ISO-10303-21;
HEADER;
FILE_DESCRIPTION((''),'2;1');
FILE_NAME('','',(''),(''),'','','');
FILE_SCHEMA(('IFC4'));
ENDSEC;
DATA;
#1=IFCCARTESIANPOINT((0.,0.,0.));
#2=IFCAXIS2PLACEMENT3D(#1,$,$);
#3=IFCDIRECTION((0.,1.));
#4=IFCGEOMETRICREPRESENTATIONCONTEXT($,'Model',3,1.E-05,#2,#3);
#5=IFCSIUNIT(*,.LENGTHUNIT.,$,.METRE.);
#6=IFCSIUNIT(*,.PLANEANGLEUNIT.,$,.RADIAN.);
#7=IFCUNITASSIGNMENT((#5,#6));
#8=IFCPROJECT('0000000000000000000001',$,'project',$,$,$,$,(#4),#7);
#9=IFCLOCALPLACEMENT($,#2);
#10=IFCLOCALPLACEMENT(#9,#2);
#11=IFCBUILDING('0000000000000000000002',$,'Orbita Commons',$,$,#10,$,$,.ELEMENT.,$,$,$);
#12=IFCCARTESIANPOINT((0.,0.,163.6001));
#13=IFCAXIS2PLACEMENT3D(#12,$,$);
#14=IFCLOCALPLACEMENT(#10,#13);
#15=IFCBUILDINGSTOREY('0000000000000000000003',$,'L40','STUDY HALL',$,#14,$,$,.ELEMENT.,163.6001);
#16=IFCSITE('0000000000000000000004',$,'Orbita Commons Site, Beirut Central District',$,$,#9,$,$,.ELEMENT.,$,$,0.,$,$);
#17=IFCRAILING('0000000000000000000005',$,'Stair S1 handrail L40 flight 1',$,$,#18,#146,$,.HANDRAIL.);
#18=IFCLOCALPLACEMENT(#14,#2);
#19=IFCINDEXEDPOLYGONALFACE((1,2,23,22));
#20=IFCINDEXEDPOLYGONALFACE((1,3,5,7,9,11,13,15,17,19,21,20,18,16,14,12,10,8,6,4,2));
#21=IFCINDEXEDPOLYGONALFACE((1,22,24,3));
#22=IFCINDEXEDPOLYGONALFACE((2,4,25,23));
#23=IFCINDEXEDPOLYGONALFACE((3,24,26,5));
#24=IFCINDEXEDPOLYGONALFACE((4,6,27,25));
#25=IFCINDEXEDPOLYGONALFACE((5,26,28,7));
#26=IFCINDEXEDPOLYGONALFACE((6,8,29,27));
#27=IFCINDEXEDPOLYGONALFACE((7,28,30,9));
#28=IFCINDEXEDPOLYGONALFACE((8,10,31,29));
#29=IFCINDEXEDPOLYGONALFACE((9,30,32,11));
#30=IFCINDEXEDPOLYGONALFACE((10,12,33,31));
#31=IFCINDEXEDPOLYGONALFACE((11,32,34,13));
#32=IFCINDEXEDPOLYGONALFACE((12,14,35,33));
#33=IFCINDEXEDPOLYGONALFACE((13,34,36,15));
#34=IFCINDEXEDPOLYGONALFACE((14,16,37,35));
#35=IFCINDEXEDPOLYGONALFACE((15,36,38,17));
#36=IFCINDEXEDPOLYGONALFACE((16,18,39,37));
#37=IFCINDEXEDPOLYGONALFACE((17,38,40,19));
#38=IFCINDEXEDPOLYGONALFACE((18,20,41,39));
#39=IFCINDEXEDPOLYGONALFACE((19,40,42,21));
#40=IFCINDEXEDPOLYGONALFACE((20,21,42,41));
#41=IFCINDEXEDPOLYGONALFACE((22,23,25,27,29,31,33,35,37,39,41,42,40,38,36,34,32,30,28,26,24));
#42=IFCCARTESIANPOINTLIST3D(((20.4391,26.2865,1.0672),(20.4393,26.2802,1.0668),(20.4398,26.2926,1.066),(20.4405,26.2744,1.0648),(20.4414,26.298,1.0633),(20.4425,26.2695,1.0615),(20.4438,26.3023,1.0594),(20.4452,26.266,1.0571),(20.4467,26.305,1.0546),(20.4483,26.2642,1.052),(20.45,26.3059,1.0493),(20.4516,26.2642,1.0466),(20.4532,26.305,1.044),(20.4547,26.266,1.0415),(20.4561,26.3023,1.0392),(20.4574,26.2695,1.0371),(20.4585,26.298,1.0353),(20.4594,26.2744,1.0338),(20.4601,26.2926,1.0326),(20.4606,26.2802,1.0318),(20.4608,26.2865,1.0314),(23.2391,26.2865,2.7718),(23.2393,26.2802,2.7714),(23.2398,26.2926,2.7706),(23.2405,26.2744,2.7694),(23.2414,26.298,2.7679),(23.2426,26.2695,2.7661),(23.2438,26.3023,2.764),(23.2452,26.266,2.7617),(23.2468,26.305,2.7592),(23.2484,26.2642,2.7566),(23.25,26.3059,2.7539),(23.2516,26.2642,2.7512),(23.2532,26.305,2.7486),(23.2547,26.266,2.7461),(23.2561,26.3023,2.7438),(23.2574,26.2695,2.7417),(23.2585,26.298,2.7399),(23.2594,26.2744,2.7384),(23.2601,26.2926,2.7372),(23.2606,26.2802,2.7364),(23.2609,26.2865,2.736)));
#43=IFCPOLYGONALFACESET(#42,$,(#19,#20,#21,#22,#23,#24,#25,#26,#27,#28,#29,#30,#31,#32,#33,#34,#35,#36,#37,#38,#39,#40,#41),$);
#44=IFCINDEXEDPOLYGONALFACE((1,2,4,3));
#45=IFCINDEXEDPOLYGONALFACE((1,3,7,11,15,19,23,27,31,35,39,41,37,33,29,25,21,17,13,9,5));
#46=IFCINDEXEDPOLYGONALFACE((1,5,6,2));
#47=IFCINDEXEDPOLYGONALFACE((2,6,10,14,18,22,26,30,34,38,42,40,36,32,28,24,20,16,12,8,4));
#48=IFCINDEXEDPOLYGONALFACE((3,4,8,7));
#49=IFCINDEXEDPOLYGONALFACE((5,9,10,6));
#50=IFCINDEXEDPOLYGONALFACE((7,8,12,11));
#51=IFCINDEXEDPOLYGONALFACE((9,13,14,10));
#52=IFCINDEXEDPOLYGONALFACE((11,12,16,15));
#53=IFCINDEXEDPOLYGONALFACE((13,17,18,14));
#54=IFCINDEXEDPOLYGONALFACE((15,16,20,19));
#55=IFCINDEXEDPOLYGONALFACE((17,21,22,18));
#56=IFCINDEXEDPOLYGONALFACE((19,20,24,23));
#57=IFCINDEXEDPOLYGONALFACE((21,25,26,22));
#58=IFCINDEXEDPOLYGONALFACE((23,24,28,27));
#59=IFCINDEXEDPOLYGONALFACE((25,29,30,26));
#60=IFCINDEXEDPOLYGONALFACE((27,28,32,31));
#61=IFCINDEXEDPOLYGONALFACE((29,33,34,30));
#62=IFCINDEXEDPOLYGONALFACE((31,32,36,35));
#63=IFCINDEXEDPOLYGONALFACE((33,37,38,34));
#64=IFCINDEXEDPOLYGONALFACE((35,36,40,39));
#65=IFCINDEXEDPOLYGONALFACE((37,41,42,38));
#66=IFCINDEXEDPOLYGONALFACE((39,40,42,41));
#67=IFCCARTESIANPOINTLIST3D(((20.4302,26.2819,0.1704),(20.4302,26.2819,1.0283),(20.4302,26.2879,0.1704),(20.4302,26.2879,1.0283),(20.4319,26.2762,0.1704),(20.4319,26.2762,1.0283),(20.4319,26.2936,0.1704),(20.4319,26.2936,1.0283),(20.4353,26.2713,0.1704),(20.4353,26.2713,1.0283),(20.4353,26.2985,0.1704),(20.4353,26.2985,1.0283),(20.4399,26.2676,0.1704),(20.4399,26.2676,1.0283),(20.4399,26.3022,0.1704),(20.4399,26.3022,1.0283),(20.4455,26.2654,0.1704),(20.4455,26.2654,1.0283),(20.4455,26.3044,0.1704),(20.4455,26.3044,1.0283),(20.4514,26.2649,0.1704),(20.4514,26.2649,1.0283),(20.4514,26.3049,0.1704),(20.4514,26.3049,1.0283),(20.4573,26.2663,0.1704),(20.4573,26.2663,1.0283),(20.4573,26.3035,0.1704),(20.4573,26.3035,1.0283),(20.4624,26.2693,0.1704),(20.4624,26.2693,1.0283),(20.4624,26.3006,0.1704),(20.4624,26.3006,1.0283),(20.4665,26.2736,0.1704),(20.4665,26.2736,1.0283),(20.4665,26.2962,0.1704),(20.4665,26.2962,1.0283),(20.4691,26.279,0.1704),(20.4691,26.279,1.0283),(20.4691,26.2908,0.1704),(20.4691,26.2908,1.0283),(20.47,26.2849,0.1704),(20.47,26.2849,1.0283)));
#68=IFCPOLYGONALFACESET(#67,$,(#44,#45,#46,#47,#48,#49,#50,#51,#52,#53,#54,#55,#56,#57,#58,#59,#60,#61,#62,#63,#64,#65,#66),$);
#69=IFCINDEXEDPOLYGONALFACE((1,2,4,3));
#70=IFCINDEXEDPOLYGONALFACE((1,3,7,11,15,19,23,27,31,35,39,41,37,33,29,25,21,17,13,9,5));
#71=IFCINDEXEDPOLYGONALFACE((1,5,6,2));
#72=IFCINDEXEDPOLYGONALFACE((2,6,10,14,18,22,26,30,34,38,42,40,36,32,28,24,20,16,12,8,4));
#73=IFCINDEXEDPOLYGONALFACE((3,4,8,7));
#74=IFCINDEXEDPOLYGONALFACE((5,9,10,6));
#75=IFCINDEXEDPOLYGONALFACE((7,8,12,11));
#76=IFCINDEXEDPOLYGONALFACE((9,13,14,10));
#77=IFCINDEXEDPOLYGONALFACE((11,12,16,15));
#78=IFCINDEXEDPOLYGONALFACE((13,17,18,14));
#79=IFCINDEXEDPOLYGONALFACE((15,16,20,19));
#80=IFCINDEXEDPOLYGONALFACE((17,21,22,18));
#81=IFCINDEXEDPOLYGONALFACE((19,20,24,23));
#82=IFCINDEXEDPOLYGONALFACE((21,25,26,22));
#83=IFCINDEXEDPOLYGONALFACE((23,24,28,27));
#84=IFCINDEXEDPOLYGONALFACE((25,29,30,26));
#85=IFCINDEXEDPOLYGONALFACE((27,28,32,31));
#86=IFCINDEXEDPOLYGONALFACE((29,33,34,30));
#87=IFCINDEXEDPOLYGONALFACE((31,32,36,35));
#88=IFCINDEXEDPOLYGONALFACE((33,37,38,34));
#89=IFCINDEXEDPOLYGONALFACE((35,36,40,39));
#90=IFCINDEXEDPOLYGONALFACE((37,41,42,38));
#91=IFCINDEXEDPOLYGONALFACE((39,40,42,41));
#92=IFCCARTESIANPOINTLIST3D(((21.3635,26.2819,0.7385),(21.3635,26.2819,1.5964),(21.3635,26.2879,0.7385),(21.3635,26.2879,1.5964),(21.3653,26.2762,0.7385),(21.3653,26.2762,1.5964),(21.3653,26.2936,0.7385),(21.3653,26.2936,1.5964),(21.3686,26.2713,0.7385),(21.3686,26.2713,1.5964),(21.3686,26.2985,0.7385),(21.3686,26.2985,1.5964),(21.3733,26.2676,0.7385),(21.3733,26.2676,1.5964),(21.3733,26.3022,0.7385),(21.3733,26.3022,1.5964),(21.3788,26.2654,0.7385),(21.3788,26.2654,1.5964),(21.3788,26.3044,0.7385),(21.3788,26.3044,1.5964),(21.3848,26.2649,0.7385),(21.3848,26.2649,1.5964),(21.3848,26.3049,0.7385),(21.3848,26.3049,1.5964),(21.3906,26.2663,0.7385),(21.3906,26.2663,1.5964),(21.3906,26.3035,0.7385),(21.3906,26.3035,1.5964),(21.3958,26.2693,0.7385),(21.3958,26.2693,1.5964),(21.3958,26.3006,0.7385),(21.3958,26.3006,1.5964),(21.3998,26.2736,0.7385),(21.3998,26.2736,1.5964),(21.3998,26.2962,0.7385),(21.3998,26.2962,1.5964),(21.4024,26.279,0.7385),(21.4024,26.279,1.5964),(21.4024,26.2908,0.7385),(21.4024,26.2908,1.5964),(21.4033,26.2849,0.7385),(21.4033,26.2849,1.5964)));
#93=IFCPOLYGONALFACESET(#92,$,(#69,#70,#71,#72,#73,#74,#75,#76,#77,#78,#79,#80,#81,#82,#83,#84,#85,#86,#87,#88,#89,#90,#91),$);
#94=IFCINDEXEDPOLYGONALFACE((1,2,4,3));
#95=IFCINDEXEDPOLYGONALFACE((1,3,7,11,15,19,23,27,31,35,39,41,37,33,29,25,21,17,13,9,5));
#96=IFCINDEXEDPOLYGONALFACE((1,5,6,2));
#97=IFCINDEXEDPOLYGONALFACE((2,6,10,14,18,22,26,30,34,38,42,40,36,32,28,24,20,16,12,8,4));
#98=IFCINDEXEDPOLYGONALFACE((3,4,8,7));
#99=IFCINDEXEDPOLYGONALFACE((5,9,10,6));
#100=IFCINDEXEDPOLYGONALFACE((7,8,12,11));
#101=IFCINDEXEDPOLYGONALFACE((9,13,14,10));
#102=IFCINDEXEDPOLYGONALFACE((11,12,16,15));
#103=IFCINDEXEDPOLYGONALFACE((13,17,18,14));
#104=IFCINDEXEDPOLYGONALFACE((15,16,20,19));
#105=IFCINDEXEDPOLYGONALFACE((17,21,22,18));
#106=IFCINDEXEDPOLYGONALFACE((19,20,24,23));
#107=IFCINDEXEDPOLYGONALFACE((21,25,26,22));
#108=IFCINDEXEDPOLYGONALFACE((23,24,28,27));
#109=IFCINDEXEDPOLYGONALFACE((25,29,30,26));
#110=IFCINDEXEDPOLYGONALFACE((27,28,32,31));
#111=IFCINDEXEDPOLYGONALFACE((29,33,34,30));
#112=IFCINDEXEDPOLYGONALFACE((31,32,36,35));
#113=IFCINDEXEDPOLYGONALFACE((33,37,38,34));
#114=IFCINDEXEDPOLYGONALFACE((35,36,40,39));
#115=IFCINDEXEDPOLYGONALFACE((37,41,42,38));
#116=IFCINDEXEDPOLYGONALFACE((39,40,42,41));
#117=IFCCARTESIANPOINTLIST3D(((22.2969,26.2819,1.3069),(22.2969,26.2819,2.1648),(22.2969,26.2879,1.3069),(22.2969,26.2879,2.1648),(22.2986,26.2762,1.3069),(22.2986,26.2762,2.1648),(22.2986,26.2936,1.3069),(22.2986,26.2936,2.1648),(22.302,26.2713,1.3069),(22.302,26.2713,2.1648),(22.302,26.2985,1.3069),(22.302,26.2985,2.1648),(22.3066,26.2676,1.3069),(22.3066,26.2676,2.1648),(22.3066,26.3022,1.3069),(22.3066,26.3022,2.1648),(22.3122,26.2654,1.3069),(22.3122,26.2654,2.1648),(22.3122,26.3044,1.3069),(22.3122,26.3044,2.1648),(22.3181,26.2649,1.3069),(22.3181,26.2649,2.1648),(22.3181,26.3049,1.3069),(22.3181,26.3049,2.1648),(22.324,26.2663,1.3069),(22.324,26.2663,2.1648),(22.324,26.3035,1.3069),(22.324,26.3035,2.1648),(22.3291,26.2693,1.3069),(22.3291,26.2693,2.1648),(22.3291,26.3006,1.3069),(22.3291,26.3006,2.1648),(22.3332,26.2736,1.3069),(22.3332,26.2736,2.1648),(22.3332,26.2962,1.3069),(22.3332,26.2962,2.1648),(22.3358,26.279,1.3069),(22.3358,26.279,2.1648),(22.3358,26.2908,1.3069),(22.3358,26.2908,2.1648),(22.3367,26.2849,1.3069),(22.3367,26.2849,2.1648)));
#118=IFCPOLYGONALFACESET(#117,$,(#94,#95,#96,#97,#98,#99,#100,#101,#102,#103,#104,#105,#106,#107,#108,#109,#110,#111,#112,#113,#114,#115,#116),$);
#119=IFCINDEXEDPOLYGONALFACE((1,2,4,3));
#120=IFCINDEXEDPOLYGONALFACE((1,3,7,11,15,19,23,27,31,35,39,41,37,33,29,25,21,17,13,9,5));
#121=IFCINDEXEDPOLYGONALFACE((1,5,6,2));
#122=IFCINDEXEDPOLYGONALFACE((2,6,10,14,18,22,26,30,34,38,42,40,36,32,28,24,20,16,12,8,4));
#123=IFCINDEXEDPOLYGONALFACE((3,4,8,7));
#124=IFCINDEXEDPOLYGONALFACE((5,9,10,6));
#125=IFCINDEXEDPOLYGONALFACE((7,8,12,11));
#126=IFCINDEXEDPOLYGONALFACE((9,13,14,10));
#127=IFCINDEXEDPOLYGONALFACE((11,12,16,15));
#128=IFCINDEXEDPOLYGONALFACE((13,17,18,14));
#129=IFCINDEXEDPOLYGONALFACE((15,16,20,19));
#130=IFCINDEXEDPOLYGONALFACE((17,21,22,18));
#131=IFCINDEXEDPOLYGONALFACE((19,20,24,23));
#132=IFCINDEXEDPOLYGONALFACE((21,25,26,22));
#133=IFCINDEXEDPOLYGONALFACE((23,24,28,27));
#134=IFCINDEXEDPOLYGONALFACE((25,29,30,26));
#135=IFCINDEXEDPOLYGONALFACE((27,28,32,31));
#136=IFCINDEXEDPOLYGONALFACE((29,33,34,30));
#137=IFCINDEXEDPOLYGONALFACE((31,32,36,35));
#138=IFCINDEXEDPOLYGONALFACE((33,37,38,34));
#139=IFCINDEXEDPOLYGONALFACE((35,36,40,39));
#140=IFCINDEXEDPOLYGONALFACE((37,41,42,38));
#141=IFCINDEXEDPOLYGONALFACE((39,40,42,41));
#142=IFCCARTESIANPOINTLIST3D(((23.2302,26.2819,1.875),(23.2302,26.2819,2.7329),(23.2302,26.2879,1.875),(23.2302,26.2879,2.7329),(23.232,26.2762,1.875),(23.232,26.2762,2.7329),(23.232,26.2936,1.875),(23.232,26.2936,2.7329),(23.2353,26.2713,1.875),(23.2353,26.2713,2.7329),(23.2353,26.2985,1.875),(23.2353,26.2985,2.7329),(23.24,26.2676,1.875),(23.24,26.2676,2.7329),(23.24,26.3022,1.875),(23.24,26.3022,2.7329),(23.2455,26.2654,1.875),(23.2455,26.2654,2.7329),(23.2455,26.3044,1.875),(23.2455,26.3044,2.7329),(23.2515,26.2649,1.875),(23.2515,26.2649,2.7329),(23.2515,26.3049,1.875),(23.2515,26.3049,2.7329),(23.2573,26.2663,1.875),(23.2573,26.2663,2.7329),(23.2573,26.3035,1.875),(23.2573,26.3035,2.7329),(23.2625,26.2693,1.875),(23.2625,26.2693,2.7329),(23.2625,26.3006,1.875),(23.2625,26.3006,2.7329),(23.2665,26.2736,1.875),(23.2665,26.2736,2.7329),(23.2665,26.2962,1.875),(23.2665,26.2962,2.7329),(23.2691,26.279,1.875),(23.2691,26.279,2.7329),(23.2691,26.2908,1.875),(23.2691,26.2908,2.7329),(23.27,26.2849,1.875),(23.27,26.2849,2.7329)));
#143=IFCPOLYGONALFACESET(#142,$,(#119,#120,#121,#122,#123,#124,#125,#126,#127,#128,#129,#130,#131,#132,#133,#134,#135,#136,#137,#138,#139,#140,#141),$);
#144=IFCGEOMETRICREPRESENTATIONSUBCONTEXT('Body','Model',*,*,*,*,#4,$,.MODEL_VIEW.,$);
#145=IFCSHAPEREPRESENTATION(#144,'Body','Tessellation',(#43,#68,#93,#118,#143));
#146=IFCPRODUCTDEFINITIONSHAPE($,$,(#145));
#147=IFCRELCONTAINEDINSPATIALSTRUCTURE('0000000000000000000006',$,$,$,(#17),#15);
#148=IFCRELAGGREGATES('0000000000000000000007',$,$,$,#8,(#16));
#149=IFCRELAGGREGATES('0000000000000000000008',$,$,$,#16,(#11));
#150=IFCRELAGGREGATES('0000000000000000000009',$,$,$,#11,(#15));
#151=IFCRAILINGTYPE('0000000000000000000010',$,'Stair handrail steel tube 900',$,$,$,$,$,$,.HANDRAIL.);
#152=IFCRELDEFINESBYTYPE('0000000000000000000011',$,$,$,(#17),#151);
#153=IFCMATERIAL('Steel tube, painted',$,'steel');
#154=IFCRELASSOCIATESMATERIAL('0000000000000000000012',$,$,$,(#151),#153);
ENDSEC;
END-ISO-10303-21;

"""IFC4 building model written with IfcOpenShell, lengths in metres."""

from ifc_helpers import new_model, si_unit, direction, frame, origin, origin_2d, place, context, subcontext, project, spatial, circle, extrude, material, type_object, element, save


model = new_model("IFC4")

# Units and contexts
model_context = context("Model", 3, precision=1e-05, world=origin(), true_north=direction((0.0, 1.0)))
body_context = subcontext(model_context, "Body", "Model", "MODEL_VIEW")
ifc_project = project(units=[si_unit("LENGTHUNIT", "METRE"), si_unit("PLANEANGLEUNIT", "RADIAN")], contexts=[model_context])

# Site, building, storey
site_placement = place(None, origin())
site = spatial("IfcSite", under=ifc_project, at=site_placement, Name="Orbita Commons Site, Beirut Central District", CompositionType="ELEMENT", RefElevation=0.0)
building_placement = place(site_placement, origin())
building = spatial("IfcBuilding", under=site, at=building_placement, Name="Orbita Commons", CompositionType="ELEMENT")
storey_placement = place(building_placement, frame((0.0, 0.0, 163.6001)))
storey = spatial("IfcBuildingStorey", under=building, at=storey_placement, Name="L40", Description="STUDY HALL", CompositionType="ELEMENT", Elevation=163.6001)

# Railing
ifc_material_1 = material(Name="Steel tube, painted", Category="steel")
railing_type = type_object("IfcRailingType", Name="Stair handrail steel tube 900", PredefinedType="HANDRAIL", material=ifc_material_1)
for number, where, name in (
    (1, (20.45, 26.2849, 0.1704), "Stair S1 handrail L40 flight 1"),
):
    element("IfcRailing", number, at=place(storey_placement, frame(where)), inside=storey, type_object=railing_type, Name=name, PredefinedType="HANDRAIL", context=body_context, shape_type="SweptSolid", body=[
        extrude(circle(Radius=0.021, at=origin_2d()), frame((0.0, 0.0, 0.8789), z_axis=(0.85417, 0.0, 0.519994), x_axis=(0.0, 1.0, 0.0)), (0.0, 0.0, 1.0), 3.2781),
        extrude(circle(Radius=0.02, at=origin_2d()), origin(), (0.0, 0.0, 1.0), 0.8579),
        extrude(circle(Radius=0.02, at=origin_2d()), frame((0.9333, 0.0, 0.5681)), (0.0, 0.0, 1.0), 0.8579),
        extrude(circle(Radius=0.02, at=origin_2d()), frame((1.8667, 0.0, 1.1365)), (0.0, 0.0, 1.0), 0.8579),
        extrude(circle(Radius=0.02, at=origin_2d()), frame((2.8, 0.0, 1.7046)), (0.0, 0.0, 1.0), 0.8579),
    ])

save(model, "model.ifc")
